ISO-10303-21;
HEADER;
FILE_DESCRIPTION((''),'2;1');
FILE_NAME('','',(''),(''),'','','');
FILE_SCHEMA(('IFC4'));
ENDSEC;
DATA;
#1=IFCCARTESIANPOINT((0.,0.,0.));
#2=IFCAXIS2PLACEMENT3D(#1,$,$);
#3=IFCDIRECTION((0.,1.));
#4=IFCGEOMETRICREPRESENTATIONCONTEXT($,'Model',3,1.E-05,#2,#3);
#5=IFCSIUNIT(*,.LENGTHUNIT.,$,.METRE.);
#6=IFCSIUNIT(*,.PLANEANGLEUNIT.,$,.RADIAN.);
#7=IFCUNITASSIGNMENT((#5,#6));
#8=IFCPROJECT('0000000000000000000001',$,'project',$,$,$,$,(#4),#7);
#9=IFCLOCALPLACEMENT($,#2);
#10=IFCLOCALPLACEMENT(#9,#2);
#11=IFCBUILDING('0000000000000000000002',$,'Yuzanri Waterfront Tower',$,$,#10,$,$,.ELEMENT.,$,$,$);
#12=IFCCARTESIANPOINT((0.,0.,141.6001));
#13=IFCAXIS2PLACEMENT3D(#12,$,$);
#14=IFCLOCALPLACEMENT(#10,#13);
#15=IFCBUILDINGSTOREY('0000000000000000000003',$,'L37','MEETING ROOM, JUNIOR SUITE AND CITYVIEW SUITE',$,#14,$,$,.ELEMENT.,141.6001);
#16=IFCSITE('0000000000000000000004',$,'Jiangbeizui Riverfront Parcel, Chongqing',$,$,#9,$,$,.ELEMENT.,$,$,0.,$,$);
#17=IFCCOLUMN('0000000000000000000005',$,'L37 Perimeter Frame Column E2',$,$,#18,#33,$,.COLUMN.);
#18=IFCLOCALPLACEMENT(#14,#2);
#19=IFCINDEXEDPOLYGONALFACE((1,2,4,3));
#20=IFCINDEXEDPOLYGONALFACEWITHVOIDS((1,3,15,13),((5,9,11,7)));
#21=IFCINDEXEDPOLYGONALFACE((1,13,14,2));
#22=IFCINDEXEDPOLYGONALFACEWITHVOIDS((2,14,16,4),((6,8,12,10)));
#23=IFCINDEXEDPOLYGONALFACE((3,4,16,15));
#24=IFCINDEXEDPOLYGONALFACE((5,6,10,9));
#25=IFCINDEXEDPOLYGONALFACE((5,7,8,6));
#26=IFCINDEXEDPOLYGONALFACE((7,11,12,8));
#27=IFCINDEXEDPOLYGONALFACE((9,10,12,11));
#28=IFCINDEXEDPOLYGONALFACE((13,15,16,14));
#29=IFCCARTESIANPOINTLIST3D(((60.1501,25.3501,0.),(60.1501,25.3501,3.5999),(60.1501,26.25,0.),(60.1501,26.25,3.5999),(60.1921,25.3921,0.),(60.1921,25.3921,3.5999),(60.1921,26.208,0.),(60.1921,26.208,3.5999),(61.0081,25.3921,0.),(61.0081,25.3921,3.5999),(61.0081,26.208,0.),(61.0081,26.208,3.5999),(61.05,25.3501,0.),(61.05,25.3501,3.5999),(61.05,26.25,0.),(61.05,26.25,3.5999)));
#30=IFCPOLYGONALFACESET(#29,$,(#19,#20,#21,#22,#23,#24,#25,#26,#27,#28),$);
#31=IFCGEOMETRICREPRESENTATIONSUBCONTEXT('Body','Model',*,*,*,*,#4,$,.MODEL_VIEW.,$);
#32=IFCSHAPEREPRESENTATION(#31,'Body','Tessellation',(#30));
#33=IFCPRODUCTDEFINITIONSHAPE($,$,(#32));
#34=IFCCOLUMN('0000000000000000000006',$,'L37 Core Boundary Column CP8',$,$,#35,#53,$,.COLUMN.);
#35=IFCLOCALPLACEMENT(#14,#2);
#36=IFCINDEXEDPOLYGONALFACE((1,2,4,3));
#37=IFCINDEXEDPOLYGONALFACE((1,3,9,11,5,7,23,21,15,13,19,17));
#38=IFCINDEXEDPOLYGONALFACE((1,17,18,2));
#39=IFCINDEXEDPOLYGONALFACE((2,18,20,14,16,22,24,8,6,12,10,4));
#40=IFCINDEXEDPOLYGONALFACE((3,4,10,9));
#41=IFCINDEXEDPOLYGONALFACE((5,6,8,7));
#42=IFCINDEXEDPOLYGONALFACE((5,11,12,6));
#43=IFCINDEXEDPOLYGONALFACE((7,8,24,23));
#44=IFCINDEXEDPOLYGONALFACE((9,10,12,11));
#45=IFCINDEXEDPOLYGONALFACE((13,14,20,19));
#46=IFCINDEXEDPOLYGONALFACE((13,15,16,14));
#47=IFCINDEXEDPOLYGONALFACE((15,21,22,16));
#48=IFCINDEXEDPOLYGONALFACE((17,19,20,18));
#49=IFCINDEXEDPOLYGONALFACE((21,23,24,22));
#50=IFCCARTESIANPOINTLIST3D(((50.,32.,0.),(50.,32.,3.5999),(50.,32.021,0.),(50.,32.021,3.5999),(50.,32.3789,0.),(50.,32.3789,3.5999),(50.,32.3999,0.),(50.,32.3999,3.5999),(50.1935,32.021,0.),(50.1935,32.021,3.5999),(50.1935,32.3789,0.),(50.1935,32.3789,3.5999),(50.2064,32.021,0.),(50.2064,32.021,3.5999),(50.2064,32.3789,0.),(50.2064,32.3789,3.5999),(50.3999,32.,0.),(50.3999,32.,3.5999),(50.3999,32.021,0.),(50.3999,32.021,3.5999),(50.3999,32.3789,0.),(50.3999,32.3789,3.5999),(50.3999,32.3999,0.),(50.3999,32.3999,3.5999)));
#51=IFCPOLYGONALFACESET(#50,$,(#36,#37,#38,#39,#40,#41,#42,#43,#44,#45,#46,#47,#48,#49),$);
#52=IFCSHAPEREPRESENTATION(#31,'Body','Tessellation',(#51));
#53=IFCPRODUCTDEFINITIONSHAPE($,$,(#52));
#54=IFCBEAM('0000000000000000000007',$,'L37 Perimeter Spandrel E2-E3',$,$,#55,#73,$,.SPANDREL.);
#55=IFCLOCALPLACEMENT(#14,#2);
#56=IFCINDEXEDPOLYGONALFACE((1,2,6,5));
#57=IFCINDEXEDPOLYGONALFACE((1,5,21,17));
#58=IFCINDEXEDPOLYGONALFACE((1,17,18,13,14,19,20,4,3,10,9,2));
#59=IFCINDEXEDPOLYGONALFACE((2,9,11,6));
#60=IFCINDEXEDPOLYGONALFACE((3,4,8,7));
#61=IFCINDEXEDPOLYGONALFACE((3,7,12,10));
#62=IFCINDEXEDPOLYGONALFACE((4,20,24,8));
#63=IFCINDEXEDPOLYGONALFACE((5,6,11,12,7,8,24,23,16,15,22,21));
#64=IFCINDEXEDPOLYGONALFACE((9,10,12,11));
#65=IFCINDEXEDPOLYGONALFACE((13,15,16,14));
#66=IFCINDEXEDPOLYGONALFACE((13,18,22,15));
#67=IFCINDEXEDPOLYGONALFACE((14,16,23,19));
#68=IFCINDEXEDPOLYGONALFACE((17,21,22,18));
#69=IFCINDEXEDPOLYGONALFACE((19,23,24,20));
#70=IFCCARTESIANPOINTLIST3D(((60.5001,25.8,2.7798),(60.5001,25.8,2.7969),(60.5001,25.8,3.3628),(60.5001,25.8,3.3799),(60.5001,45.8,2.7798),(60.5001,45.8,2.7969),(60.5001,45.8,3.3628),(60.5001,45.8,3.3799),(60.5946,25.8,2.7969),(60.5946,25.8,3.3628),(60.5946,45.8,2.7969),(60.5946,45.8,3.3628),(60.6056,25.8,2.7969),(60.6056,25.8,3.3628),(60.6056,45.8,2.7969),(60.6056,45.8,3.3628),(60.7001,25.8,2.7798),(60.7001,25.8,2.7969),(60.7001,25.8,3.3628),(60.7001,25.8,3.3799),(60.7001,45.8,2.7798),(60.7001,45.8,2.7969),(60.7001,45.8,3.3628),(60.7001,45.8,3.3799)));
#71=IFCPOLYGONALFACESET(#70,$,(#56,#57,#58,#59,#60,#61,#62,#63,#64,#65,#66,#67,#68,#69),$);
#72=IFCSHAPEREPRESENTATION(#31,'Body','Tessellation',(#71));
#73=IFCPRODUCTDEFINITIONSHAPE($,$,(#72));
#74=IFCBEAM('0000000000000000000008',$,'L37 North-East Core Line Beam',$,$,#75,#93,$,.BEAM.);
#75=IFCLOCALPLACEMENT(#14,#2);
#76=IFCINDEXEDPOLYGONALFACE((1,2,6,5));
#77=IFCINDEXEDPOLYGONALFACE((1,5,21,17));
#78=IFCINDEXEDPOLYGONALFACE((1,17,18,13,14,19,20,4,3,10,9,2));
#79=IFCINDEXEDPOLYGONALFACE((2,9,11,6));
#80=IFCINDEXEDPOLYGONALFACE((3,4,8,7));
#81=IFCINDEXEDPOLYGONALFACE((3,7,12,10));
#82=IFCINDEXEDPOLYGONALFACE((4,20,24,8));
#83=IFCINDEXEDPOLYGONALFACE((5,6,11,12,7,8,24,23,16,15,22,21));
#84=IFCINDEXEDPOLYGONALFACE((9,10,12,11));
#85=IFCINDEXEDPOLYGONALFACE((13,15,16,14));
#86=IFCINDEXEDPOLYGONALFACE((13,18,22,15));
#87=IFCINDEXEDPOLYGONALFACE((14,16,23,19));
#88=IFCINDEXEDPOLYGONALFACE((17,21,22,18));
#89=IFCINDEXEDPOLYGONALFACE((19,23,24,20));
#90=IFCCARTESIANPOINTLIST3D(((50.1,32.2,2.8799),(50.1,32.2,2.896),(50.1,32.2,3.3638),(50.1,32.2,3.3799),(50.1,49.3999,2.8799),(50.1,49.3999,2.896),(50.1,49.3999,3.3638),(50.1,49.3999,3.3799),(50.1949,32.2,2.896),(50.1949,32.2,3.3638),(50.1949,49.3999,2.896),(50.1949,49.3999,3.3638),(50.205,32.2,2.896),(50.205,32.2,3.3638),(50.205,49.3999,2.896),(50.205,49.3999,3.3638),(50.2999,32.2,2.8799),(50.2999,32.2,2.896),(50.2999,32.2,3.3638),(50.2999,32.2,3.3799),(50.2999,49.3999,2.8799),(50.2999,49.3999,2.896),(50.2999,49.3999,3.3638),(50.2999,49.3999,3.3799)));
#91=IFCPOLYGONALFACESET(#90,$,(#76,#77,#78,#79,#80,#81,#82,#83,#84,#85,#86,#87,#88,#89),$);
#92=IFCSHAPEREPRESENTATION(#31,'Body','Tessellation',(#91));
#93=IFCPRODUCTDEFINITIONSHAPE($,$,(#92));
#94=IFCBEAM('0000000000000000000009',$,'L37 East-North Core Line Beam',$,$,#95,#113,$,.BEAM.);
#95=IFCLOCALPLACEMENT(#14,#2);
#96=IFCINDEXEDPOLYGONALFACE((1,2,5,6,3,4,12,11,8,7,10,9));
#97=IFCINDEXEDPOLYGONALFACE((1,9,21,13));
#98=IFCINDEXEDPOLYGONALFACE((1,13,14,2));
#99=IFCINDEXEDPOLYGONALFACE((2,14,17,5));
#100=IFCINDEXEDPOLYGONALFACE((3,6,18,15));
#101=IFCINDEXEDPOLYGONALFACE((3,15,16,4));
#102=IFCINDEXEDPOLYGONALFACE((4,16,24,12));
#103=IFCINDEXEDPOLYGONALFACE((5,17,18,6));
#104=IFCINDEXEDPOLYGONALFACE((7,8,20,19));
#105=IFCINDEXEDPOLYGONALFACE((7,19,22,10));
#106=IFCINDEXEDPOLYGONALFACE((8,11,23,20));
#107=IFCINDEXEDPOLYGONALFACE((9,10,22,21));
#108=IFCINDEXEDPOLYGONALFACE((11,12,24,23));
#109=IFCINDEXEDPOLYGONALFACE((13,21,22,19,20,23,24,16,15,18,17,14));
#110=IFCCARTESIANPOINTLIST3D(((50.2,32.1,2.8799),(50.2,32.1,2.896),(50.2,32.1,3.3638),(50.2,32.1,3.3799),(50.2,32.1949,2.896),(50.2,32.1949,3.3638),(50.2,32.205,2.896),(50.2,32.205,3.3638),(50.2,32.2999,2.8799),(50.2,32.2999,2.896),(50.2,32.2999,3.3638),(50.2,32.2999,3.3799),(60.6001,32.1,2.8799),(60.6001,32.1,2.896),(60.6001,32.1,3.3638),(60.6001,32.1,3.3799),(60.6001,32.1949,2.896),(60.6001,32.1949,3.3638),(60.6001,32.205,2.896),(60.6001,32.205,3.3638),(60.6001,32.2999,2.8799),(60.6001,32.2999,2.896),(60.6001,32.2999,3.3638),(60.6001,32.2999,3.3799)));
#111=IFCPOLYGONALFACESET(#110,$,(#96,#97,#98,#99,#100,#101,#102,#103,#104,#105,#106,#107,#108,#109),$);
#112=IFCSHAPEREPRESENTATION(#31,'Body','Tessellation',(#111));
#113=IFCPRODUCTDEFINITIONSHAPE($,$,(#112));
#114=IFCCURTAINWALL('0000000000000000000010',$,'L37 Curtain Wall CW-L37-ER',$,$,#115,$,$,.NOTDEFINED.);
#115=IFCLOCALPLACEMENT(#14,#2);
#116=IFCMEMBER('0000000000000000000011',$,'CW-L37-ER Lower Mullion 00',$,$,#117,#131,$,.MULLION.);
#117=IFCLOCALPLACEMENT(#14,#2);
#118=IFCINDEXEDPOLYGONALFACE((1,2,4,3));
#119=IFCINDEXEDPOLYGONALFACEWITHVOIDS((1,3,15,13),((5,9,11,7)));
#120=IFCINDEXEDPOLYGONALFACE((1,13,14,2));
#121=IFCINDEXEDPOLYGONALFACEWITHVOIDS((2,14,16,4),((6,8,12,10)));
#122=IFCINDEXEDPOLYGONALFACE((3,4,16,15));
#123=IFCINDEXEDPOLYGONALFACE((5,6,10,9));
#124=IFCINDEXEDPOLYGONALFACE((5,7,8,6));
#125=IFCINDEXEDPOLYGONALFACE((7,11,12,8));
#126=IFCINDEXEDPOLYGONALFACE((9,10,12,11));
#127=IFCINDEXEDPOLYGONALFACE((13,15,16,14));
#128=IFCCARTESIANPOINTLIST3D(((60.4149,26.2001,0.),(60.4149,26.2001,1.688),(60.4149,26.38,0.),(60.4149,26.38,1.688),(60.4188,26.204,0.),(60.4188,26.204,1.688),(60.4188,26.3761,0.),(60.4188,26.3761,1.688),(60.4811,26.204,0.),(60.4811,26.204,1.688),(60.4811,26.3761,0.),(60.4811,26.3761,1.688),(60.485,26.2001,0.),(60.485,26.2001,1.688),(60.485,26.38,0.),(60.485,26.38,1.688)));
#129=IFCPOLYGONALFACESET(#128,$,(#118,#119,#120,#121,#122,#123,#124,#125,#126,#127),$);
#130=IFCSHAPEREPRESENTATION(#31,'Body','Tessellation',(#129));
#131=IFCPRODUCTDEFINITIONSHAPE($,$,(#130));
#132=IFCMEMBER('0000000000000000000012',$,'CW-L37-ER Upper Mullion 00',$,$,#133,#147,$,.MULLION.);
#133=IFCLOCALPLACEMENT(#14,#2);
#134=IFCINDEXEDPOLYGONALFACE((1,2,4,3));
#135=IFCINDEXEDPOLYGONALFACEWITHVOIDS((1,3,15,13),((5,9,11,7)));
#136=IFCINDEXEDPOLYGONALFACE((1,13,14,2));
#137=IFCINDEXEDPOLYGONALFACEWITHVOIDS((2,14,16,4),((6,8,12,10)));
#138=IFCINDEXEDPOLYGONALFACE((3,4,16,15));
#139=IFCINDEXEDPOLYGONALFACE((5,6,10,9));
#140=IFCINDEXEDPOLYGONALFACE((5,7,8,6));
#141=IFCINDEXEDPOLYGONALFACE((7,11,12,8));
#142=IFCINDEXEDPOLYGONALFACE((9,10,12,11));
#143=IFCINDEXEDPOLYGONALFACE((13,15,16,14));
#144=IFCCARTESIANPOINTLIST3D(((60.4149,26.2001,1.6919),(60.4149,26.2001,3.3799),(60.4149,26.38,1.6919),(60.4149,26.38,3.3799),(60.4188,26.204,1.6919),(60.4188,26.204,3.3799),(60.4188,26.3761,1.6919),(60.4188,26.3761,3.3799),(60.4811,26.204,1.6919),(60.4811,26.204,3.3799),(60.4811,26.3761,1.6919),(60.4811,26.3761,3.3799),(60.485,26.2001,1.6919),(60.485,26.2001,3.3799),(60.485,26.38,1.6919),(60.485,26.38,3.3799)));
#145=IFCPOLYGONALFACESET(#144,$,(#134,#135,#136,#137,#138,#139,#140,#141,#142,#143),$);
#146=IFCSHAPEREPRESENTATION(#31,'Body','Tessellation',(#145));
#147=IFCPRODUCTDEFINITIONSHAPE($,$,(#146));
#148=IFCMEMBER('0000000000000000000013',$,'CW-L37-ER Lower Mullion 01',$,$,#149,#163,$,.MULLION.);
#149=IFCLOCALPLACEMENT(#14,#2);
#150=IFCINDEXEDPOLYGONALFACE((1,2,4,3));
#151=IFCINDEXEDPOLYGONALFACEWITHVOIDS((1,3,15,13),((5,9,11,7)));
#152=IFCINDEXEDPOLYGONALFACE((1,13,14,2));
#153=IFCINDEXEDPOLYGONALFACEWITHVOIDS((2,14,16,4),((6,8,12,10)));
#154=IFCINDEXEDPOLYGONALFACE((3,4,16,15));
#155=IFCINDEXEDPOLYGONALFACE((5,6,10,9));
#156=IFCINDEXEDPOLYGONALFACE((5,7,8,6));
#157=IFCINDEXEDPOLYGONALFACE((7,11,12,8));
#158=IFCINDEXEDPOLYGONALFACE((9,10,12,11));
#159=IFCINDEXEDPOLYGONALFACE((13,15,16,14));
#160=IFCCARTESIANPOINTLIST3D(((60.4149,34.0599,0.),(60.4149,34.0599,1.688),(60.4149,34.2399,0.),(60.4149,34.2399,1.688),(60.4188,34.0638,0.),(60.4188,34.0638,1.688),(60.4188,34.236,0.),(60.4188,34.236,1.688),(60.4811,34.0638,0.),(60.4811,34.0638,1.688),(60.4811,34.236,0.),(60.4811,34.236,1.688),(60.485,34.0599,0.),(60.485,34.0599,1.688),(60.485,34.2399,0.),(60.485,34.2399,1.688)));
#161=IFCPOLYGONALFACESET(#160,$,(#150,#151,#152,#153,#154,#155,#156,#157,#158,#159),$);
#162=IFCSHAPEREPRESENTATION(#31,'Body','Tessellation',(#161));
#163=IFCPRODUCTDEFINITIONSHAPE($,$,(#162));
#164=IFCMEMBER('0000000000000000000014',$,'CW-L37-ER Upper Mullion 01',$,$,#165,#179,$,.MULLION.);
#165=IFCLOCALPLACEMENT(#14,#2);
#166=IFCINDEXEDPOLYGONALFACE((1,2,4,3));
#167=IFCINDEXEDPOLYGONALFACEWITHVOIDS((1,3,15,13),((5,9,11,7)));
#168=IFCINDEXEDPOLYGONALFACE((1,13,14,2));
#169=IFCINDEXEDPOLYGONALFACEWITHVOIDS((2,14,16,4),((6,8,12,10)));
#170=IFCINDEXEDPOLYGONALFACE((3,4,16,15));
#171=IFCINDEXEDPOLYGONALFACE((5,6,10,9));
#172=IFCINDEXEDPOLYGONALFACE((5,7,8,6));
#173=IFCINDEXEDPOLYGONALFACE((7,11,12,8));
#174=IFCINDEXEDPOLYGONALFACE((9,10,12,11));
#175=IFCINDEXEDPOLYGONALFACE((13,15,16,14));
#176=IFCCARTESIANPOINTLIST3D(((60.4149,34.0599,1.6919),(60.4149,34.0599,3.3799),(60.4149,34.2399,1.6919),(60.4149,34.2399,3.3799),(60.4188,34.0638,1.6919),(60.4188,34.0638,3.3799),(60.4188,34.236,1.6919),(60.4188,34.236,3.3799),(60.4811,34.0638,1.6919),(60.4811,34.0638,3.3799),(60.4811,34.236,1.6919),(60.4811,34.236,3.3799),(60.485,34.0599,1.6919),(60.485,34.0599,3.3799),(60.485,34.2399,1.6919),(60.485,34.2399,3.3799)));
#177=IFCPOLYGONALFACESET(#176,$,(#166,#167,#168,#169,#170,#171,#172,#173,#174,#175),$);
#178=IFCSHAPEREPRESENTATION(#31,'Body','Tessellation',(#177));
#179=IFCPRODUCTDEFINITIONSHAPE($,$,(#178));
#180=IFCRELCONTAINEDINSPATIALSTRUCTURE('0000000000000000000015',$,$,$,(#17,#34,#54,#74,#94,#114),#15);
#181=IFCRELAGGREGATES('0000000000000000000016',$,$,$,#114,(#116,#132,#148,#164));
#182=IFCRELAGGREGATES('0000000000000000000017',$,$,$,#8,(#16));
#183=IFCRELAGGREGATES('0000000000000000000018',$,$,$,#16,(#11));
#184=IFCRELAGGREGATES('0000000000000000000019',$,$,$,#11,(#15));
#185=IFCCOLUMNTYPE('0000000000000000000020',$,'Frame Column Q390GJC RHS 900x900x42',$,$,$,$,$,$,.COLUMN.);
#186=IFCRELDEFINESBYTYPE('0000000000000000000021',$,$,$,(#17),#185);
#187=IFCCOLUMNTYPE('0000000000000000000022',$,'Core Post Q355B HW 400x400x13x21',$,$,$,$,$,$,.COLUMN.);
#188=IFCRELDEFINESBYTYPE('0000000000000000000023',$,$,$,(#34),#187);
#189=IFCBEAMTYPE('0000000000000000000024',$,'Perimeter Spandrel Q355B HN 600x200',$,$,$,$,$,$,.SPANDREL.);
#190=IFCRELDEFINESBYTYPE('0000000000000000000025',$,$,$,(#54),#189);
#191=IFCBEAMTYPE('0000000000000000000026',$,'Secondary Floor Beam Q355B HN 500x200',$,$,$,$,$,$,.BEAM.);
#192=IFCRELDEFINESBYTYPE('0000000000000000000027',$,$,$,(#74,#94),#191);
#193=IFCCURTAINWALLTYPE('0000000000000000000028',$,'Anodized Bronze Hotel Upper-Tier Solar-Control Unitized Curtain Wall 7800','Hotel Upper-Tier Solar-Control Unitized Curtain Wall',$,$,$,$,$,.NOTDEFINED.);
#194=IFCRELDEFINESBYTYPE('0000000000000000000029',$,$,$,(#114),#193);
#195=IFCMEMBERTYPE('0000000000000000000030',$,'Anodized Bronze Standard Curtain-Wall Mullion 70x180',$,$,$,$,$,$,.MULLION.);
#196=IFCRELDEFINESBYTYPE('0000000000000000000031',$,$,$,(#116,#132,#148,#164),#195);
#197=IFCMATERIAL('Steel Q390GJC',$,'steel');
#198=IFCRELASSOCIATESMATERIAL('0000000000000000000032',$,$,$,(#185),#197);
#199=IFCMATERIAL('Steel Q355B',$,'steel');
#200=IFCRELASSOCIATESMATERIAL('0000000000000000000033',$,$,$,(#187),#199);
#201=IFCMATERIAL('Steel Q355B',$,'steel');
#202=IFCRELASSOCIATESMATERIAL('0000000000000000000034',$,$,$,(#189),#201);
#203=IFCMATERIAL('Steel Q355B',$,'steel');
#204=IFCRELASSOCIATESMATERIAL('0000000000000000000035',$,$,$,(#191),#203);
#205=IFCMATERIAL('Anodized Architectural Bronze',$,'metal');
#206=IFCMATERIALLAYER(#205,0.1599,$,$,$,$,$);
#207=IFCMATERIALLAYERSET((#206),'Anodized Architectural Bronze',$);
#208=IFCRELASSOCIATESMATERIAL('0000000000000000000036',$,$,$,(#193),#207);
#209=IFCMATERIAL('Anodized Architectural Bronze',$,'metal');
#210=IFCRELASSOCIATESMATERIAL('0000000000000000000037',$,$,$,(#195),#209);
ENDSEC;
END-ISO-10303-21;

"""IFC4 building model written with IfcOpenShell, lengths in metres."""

from ifc_helpers import new_model, si_unit, direction, frame, origin, origin_2d, place, context, subcontext, project, spatial, hollow_rectangle, i_section, extrude, source, transform, mapped, material, layer, layer_set, material_profile, profile_set, type_object, element, aggregate, save


model = new_model("IFC4")

# Units and contexts
model_context = context("Model", 3, precision=1e-05, world=origin(), true_north=direction((0.0, 1.0)))
body_context = subcontext(model_context, "Body", "Model", "MODEL_VIEW")
ifc_project = project(units=[si_unit("LENGTHUNIT", "METRE"), si_unit("PLANEANGLEUNIT", "RADIAN")], contexts=[model_context])

# Site, building, storey
site_placement = place(None, origin())
site = spatial("IfcSite", under=ifc_project, at=site_placement, Name="Jiangbeizui Riverfront Parcel, Chongqing", CompositionType="ELEMENT", RefElevation=0.0)
building_placement = place(site_placement, origin())
building = spatial("IfcBuilding", under=site, at=building_placement, Name="Yuzanri Waterfront Tower", CompositionType="ELEMENT")
storey_placement = place(building_placement, frame((0.0, 0.0, 141.6001)))
storey = spatial("IfcBuildingStorey", under=building, at=storey_placement, Name="L37", Description="MEETING ROOM, JUNIOR SUITE AND CITYVIEW SUITE", CompositionType="ELEMENT", Elevation=141.6001)

# Columns
ifc_material_1 = material(Name="Steel Q390GJC", Category="steel")
ifc_material_profile_1 = material_profile(ifc_material_1, hollow_rectangle(XDim=0.8999, YDim=0.8999, WallThickness=0.042, at=origin_2d()), Name="RHS 900x900x42")
ifc_profile_set_1 = profile_set([ifc_material_profile_1], Name="Steel Q390GJC")
column_type_1 = type_object("IfcColumnType", Name="Frame Column Q390GJC RHS 900x900x42", PredefinedType="COLUMN", material=ifc_profile_set_1)
shared_shape_1 = source(origin(), body_context, "Body", "SweptSolid", [
    extrude(hollow_rectangle(XDim=0.8999, YDim=0.8999, WallThickness=0.042, at=origin_2d()), origin(), (0.0, 0.0, 1.0), 3.5999),
])
column_1_placement = place(storey_placement, frame((60.6001, 25.8, 0.0), z_axis=(0.0, 0.0, 1.0), x_axis=(1.0, 0.0, 0.0)))
element("IfcColumn", 1, at=column_1_placement, inside=storey, type_object=column_type_1, Name="L37 Perimeter Frame Column E2", PredefinedType="COLUMN", context=body_context, shape_type="MappedRepresentation", body=[
    mapped(shared_shape_1, transform((0.0, 0.0, 0.0), scale=1.0)),
])
ifc_material_2 = material(Name="Steel Q355B", Category="steel")
ifc_material_profile_2 = material_profile(ifc_material_2, i_section(OverallWidth=0.3999, OverallDepth=0.3999, WebThickness=0.0129, FlangeThickness=0.021, at=origin_2d()), Name="HW 400x400x13x21")
ifc_profile_set_2 = profile_set([ifc_material_profile_2], Name="Steel Q355B")
column_type_2 = type_object("IfcColumnType", Name="Core Post Q355B HW 400x400x13x21", PredefinedType="COLUMN", material=ifc_profile_set_2)
shared_shape_2 = source(origin(), body_context, "Body", "SweptSolid", [
    extrude(i_section(OverallWidth=0.3999, OverallDepth=0.3999, WebThickness=0.0129, FlangeThickness=0.021, at=origin_2d()), origin(), (0.0, 0.0, 1.0), 3.5999),
])
column_2_placement = place(storey_placement, frame((50.2, 32.2, 0.0), z_axis=(0.0, 0.0, 1.0), x_axis=(1.0, 0.0, 0.0)))
element("IfcColumn", 2, at=column_2_placement, inside=storey, type_object=column_type_2, Name="L37 Core Boundary Column CP8", PredefinedType="COLUMN", context=body_context, shape_type="MappedRepresentation", body=[
    mapped(shared_shape_2, transform((0.0, 0.0, 0.0), scale=1.0)),
])

# Beams
ifc_material_3 = material(Name="Steel Q355B", Category="steel")
ifc_material_profile_3 = material_profile(ifc_material_3, i_section(OverallWidth=0.2, OverallDepth=0.6001, WebThickness=0.011, FlangeThickness=0.0171, at=origin_2d()), Name="HN 600x200x11x17")
ifc_profile_set_3 = profile_set([ifc_material_profile_3], Name="Steel Q355B")
beam_type_1 = type_object("IfcBeamType", Name="Perimeter Spandrel Q355B HN 600x200", PredefinedType="SPANDREL", material=ifc_profile_set_3)
shared_shape_3 = source(origin(), body_context, "Body", "SweptSolid", [
    extrude(i_section(OverallWidth=0.2, OverallDepth=0.6001, WebThickness=0.011, FlangeThickness=0.0171, at=origin_2d()), origin(), (0.0, 0.0, 1.0), 20.0),
])
beam_1_placement = place(storey_placement, frame((60.6001, 25.8, 3.0798), z_axis=(0.0, 1.0, 0.0), x_axis=(-1.0, 0.0, 0.0)))
element("IfcBeam", 3, at=beam_1_placement, inside=storey, type_object=beam_type_1, Name="L37 Perimeter Spandrel E2-E3", PredefinedType="SPANDREL", context=body_context, shape_type="MappedRepresentation", body=[
    mapped(shared_shape_3, transform((0.0, 0.0, 0.0), scale=1.0)),
])
ifc_material_4 = material(Name="Steel Q355B", Category="steel")
ifc_material_profile_4 = material_profile(ifc_material_4, i_section(OverallWidth=0.2, OverallDepth=0.5, WebThickness=0.01, FlangeThickness=0.0161, at=origin_2d()), Name="HN 500x200x10x16")
ifc_profile_set_4 = profile_set([ifc_material_profile_4], Name="Steel Q355B")
beam_type_2 = type_object("IfcBeamType", Name="Secondary Floor Beam Q355B HN 500x200", PredefinedType="BEAM", material=ifc_profile_set_4)
shared_shape_4 = source(origin(), body_context, "Body", "SweptSolid", [
    extrude(i_section(OverallWidth=0.2, OverallDepth=0.5, WebThickness=0.01, FlangeThickness=0.0161, at=origin_2d()), origin(), (0.0, 0.0, 1.0), 17.2),
])
beam_2_placement = place(storey_placement, frame((50.2, 32.2, 3.1299), z_axis=(0.0, 1.0, 0.0), x_axis=(-1.0, 0.0, 0.0)))
element("IfcBeam", 4, at=beam_2_placement, inside=storey, type_object=beam_type_2, Name="L37 North-East Core Line Beam", PredefinedType="BEAM", context=body_context, shape_type="MappedRepresentation", body=[
    mapped(shared_shape_4, transform((0.0, 0.0, 0.0), scale=1.0)),
])
shared_shape_5 = source(origin(), body_context, "Body", "SweptSolid", [
    extrude(i_section(OverallWidth=0.2, OverallDepth=0.5, WebThickness=0.01, FlangeThickness=0.0161, at=origin_2d()), origin(), (0.0, 0.0, 1.0), 10.4001),
])
beam_3_placement = place(storey_placement, frame((50.2, 32.2, 3.1299), z_axis=(1.0, 0.0, 0.0), x_axis=(0.0, 1.0, 0.0)))
element("IfcBeam", 5, at=beam_3_placement, inside=storey, type_object=beam_type_2, Name="L37 East-North Core Line Beam", PredefinedType="BEAM", context=body_context, shape_type="MappedRepresentation", body=[
    mapped(shared_shape_5, transform((0.0, 0.0, 0.0), scale=1.0)),
])

# Curtain wall, members
ifc_material_5 = material(Name="Anodized Architectural Bronze", Category="metal")
ifc_layer_1 = layer(ifc_material_5, 0.1599)
ifc_layer_set_1 = layer_set([ifc_layer_1], Name="Anodized Architectural Bronze")
curtain_wall_type = type_object("IfcCurtainWallType", Name="Anodized Bronze Hotel Upper-Tier Solar-Control Unitized Curtain Wall 7800", Description="Hotel Upper-Tier Solar-Control Unitized Curtain Wall", PredefinedType="NOTDEFINED", material=ifc_layer_set_1)
curtain_wall_placement = place(storey_placement, origin())
curtain_wall = element("IfcCurtainWall", 6, at=curtain_wall_placement, inside=storey, type_object=curtain_wall_type, Name="L37 Curtain Wall CW-L37-ER", PredefinedType="NOTDEFINED")
ifc_material_6 = material(Name="Anodized Architectural Bronze", Category="metal")
ifc_material_profile_5 = material_profile(ifc_material_6, hollow_rectangle(XDim=0.0701, YDim=0.1799, WallThickness=0.0039, at=origin_2d()), Name="CWM 70x180")
ifc_profile_set_5 = profile_set([ifc_material_profile_5], Name="Anodized Architectural Bronze")
member_type_1 = type_object("IfcMemberType", Name="Anodized Bronze Standard Curtain-Wall Mullion 70x180", PredefinedType="MULLION", material=ifc_profile_set_5)
shared_shape_6 = source(origin(), body_context, "Body", "SweptSolid", [
    extrude(hollow_rectangle(XDim=0.0701, YDim=0.1799, WallThickness=0.0039, at=origin_2d()), origin(), (0.0, 0.0, 1.0), 1.688),
])
member_1_placement = place(storey_placement, frame((60.45, 26.29, 0.0), z_axis=(0.0, 0.0, 1.0), x_axis=(1.0, 0.0, 0.0)))
member_1 = element("IfcMember", 7, at=member_1_placement, type_object=member_type_1, Name="CW-L37-ER Lower Mullion 00", PredefinedType="MULLION", context=body_context, shape_type="MappedRepresentation", body=[
    mapped(shared_shape_6, transform((0.0, 0.0, 0.0), scale=1.0)),
])
member_2_placement = place(storey_placement, frame((60.45, 26.29, 1.6919), z_axis=(0.0, 0.0, 1.0), x_axis=(1.0, 0.0, 0.0)))
member_2 = element("IfcMember", 8, at=member_2_placement, type_object=member_type_1, Name="CW-L37-ER Upper Mullion 00", PredefinedType="MULLION", context=body_context, shape_type="MappedRepresentation", body=[
    mapped(shared_shape_6, transform((0.0, 0.0, 0.0), scale=1.0)),
])
member_3_placement = place(storey_placement, frame((60.45, 34.1499, 0.0), z_axis=(0.0, 0.0, 1.0), x_axis=(1.0, 0.0, 0.0)))
member_3 = element("IfcMember", 9, at=member_3_placement, type_object=member_type_1, Name="CW-L37-ER Lower Mullion 01", PredefinedType="MULLION", context=body_context, shape_type="MappedRepresentation", body=[
    mapped(shared_shape_6, transform((0.0, 0.0, 0.0), scale=1.0)),
])
member_4_placement = place(storey_placement, frame((60.45, 34.1499, 1.6919), z_axis=(0.0, 0.0, 1.0), x_axis=(1.0, 0.0, 0.0)))
member_4 = element("IfcMember", 10, at=member_4_placement, type_object=member_type_1, Name="CW-L37-ER Upper Mullion 01", PredefinedType="MULLION", context=body_context, shape_type="MappedRepresentation", body=[
    mapped(shared_shape_6, transform((0.0, 0.0, 0.0), scale=1.0)),
])
aggregate(curtain_wall, [member_1, member_2, member_3, member_4])

save(model, "model.ifc")
